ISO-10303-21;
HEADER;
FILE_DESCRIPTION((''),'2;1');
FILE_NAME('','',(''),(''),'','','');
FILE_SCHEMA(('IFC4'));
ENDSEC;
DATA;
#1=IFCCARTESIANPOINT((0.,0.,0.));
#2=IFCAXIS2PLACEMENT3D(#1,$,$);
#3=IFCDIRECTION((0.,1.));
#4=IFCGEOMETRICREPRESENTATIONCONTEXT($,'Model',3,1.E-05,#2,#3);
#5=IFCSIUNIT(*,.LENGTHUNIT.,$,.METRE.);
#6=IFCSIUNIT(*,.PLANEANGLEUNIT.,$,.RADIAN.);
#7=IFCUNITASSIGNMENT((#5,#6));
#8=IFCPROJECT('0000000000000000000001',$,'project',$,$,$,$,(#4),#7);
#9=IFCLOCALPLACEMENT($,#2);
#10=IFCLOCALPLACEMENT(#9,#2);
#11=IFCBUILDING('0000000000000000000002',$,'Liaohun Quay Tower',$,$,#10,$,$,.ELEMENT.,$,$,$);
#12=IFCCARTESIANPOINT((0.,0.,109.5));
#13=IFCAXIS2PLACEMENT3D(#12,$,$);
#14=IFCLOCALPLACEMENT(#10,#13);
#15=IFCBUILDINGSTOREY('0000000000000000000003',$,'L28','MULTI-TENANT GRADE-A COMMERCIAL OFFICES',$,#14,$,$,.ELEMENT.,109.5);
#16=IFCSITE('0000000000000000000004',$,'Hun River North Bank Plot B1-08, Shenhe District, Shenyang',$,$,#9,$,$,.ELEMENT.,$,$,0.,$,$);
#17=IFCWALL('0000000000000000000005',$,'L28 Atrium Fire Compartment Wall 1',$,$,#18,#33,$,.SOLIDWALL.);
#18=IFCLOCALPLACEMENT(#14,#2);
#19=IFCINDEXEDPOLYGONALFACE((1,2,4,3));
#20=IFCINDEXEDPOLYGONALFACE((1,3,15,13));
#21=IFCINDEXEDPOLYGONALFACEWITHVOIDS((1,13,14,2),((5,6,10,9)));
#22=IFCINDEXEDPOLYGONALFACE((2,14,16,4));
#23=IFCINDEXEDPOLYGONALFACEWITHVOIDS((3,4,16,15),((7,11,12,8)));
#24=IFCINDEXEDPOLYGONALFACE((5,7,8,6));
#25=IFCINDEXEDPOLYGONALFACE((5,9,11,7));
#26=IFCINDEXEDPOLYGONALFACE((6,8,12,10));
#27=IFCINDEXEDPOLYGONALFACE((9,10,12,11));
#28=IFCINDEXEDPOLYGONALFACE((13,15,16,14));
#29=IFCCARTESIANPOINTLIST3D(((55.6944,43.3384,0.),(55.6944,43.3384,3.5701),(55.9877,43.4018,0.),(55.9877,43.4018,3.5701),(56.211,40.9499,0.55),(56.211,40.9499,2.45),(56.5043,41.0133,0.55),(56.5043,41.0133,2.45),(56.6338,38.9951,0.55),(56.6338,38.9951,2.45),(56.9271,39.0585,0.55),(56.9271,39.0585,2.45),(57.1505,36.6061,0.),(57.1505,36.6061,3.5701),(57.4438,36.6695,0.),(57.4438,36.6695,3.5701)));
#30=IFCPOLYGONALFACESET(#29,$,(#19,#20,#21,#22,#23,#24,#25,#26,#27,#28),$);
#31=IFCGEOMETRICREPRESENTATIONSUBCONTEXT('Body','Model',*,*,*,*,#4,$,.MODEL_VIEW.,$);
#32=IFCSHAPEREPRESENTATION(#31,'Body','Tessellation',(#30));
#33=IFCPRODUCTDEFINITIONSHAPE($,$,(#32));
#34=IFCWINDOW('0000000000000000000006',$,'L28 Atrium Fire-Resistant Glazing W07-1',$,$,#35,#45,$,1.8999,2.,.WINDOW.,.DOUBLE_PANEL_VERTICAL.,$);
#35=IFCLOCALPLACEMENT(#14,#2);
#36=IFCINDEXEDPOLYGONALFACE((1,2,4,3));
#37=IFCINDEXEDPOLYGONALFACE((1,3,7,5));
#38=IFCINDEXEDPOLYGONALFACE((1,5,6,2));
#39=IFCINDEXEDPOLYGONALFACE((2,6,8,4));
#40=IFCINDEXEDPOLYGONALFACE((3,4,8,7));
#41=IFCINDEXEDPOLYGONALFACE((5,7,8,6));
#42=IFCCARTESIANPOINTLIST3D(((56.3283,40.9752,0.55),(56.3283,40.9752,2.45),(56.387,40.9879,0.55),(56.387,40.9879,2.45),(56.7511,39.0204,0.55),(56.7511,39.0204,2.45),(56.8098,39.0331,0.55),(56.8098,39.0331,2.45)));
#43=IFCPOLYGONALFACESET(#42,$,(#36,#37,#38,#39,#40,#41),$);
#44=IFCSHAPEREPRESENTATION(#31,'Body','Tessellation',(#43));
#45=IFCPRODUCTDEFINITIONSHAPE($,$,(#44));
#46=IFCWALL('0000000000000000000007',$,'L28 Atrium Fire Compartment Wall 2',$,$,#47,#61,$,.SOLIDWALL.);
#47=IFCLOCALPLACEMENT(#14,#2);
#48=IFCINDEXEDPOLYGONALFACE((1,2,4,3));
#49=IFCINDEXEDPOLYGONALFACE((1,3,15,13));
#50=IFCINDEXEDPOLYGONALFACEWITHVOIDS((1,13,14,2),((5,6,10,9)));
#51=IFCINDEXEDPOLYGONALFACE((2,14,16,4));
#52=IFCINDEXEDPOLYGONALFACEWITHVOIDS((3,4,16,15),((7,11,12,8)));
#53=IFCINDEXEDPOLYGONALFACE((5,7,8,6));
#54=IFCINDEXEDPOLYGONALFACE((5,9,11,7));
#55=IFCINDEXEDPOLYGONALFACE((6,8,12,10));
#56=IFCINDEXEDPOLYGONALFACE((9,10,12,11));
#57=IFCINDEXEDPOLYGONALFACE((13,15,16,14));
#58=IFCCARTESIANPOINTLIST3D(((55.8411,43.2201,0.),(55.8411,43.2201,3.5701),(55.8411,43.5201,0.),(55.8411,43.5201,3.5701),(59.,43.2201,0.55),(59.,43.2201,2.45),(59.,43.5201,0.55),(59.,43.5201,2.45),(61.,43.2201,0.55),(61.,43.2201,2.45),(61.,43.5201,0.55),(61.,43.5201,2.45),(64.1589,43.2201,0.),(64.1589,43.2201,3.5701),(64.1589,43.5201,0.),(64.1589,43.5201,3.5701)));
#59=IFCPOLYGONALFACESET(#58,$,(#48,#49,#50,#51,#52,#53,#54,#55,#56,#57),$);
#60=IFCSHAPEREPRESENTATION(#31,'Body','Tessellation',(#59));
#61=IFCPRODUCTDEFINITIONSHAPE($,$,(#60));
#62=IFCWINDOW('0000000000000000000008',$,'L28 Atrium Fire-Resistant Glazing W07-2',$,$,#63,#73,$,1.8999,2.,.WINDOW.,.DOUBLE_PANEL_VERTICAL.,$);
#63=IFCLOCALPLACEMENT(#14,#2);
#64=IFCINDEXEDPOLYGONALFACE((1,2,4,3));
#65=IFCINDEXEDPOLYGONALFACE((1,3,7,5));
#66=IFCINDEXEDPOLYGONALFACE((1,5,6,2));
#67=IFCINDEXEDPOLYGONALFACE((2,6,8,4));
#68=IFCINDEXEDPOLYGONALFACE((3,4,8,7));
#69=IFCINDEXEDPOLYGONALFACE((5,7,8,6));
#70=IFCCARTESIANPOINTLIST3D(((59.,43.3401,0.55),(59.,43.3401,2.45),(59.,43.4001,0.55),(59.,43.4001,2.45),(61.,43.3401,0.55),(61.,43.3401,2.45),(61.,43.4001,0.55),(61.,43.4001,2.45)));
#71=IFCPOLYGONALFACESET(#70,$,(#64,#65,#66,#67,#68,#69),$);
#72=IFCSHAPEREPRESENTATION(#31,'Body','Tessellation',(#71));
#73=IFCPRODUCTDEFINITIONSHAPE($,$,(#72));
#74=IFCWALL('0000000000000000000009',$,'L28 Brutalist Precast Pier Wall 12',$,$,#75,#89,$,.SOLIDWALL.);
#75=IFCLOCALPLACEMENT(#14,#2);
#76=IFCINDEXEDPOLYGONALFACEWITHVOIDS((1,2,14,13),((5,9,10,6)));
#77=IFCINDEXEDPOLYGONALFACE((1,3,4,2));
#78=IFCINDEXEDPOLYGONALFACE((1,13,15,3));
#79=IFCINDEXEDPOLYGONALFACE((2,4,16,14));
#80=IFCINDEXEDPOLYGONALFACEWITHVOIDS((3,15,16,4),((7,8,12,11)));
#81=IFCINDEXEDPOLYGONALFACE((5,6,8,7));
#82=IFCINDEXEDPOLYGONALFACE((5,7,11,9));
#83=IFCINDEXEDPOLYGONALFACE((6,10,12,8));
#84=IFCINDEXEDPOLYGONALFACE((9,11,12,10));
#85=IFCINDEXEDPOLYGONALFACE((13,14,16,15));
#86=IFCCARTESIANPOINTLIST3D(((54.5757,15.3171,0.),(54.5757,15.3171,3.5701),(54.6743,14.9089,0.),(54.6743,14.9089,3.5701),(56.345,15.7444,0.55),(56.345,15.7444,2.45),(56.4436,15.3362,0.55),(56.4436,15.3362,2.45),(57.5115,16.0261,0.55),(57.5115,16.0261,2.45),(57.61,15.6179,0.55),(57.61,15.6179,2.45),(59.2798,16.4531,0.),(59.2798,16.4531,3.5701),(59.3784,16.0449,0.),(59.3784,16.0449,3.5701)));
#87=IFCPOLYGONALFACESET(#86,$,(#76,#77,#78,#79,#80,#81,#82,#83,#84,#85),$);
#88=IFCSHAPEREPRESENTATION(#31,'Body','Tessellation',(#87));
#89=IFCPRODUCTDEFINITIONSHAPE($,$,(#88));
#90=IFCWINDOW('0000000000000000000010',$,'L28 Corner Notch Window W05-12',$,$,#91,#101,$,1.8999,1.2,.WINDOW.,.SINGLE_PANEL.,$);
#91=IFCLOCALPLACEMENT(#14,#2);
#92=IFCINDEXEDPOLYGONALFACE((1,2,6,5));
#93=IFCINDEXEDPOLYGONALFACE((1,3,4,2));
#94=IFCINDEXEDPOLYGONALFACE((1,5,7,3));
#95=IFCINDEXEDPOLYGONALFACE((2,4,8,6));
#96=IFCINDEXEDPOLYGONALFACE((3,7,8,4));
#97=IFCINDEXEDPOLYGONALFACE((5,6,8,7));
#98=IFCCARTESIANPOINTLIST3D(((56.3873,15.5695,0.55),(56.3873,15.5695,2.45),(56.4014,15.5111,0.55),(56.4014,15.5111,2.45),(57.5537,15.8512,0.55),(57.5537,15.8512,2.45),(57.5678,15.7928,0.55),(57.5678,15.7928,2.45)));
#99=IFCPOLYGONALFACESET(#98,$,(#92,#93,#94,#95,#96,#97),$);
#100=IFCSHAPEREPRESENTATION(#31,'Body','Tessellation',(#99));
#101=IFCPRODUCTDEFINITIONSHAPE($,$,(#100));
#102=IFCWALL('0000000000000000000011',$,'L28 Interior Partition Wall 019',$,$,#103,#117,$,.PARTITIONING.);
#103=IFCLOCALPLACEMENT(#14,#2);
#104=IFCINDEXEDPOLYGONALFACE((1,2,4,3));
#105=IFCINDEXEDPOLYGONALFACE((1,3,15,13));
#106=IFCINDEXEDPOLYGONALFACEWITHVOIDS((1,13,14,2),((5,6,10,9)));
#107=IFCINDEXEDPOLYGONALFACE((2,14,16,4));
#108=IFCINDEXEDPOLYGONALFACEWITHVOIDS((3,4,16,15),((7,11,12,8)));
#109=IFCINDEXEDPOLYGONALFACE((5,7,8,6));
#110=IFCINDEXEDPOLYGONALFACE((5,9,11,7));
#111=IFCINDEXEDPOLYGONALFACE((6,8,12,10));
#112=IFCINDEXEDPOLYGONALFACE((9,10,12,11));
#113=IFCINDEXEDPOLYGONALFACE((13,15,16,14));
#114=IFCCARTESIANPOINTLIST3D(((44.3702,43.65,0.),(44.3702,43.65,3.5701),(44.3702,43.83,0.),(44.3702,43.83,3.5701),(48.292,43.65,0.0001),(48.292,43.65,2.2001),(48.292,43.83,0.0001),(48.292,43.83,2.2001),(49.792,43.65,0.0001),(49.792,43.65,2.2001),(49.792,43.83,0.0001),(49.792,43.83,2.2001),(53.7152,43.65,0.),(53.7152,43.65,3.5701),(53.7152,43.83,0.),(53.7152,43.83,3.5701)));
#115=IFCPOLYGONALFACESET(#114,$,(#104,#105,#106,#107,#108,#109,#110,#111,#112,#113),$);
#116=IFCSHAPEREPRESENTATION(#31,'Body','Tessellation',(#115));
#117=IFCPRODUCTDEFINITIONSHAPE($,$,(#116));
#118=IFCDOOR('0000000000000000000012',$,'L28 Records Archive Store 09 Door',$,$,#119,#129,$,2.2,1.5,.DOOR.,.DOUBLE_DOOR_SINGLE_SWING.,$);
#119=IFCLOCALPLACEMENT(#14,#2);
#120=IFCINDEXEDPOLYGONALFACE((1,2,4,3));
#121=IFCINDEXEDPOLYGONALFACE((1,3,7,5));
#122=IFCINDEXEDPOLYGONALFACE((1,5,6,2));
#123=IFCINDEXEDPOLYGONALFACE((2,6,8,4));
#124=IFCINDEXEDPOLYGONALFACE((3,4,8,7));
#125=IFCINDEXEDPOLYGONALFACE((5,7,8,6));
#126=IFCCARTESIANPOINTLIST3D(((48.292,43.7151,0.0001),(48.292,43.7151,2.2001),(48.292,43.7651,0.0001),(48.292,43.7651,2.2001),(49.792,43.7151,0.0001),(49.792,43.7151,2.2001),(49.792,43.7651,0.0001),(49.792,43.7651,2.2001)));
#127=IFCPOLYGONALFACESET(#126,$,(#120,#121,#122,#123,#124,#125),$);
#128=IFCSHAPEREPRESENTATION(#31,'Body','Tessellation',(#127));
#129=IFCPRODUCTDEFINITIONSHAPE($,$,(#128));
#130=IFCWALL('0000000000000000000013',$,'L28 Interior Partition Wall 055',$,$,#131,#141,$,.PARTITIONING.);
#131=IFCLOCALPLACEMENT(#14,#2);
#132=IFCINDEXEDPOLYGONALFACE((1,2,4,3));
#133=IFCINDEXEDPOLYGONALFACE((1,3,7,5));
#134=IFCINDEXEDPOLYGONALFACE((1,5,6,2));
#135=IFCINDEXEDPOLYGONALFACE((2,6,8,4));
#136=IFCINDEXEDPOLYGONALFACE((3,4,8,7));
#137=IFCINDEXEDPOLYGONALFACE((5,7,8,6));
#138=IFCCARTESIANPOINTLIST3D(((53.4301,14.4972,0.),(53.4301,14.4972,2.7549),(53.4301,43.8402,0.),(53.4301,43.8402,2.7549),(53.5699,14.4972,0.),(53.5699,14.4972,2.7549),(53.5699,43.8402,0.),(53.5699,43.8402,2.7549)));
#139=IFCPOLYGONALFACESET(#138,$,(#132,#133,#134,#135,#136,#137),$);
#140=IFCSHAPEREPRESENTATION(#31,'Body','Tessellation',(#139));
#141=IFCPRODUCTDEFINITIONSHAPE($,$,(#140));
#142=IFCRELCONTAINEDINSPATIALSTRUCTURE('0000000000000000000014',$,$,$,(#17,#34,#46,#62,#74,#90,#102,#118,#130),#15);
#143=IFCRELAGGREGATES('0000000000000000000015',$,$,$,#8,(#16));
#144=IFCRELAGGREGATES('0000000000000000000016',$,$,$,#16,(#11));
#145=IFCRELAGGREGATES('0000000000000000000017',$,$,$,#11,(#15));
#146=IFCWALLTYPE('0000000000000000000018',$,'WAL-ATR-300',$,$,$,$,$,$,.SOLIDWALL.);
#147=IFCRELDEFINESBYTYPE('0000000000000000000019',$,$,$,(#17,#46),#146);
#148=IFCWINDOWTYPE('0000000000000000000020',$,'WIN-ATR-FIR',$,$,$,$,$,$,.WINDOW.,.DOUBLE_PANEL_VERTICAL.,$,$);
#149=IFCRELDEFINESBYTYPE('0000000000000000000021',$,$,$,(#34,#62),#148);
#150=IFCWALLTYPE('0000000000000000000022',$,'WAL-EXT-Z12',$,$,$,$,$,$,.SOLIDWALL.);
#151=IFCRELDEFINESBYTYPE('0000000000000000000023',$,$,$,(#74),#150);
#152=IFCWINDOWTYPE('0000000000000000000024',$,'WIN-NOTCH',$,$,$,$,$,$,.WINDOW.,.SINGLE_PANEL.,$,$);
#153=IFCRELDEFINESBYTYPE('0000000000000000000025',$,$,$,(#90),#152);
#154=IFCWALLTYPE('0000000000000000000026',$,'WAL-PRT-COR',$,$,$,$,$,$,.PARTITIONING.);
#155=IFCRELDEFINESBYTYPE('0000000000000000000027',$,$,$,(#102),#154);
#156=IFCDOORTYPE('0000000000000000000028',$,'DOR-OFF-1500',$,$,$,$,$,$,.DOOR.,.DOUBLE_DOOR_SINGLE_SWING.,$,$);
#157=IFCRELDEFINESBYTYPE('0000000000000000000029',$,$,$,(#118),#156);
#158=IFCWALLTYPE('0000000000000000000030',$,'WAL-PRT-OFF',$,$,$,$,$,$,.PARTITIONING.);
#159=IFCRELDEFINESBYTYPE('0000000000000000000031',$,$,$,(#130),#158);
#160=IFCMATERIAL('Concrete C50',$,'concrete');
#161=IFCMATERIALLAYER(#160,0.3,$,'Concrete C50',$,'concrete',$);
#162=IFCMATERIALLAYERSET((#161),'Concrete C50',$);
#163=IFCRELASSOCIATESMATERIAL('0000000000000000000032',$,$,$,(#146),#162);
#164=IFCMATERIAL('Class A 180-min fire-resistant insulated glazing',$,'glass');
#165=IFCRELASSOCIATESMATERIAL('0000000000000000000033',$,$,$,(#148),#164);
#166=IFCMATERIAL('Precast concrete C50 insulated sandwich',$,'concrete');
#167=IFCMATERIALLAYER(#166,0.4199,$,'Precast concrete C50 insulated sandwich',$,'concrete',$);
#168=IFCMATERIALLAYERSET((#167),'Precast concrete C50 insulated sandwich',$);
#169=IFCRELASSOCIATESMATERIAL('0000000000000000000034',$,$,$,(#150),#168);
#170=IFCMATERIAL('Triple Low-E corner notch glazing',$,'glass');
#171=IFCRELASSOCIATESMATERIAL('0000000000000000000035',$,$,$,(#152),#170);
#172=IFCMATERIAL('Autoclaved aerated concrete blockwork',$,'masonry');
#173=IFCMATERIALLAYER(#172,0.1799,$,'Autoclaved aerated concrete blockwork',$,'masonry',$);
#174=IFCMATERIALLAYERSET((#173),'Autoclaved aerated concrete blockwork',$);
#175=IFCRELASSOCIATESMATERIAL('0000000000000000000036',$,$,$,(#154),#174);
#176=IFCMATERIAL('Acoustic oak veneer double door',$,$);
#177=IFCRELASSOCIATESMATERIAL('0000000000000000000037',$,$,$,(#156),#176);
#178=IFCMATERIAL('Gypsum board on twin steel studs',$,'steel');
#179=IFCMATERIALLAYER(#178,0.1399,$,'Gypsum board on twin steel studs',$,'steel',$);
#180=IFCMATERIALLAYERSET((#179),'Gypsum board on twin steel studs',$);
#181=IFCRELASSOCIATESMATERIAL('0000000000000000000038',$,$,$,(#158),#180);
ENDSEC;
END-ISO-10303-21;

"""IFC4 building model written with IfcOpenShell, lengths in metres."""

from ifc_helpers import new_model, si_unit, direction, frame, frame_2d, origin, place, context, subcontext, project, spatial, rectangle, extrude, source, transform, mapped, material, layer, layer_set, type_object, element, fill, save


model = new_model("IFC4")

# Units and contexts
model_context = context("Model", 3, precision=1e-05, world=origin(), true_north=direction((0.0, 1.0)))
body_context = subcontext(model_context, "Body", "Model", "MODEL_VIEW")
ifc_project = project(units=[si_unit("LENGTHUNIT", "METRE"), si_unit("PLANEANGLEUNIT", "RADIAN")], contexts=[model_context])

# Site, building, storey
site_placement = place(None, origin())
site = spatial("IfcSite", under=ifc_project, at=site_placement, Name="Hun River North Bank Plot B1-08, Shenhe District, Shenyang", CompositionType="ELEMENT", RefElevation=0.0)
building_placement = place(site_placement, origin())
building = spatial("IfcBuilding", under=site, at=building_placement, Name="Liaohun Quay Tower", CompositionType="ELEMENT")
storey_placement = place(building_placement, frame((0.0, 0.0, 109.5)))
storey = spatial("IfcBuildingStorey", under=building, at=storey_placement, Name="L28", Description="MULTI-TENANT GRADE-A COMMERCIAL OFFICES", CompositionType="ELEMENT", Elevation=109.5)

# Walls, openings, windows
ifc_material_1 = material(Name="Concrete C50", Category="concrete")
ifc_layer_1 = layer(ifc_material_1, 0.3, Name="Concrete C50", Category="concrete")
ifc_layer_set_1 = layer_set([ifc_layer_1], Name="Concrete C50")
wall_type_1 = type_object("IfcWallType", Name="WAL-ATR-300", PredefinedType="SOLIDWALL", material=ifc_layer_set_1)
wall_1_placement = place(storey_placement, frame((57.2971, 36.6379, 0.0), z_axis=(0.0, 0.0, 1.0), x_axis=(-0.211395, 0.977401, 0.0)))
wall_1 = element("IfcWall", 1, at=wall_1_placement, inside=storey, type_object=wall_type_1, Name="L28 Atrium Fire Compartment Wall 1", PredefinedType="SOLIDWALL", context=body_context, shape_type="SweptSolid", body=[
    extrude(rectangle(XDim=6.8879, YDim=0.3, at=frame_2d((3.4438, 0.0))), origin(), (0.0, 0.0, 1.0), 3.5701),
])
shared_shape_1 = source(origin(), body_context, "Body", "SweptSolid", [
    extrude(rectangle(XDim=2.0, YDim=1.8999, at=frame_2d((1.0, 0.95))), frame((0.0, 0.1599, 0.0), z_axis=(0.0, -1.0, 0.0), x_axis=(1.0, 0.0, 0.0)), (0.0, 0.0, 1.0), 0.3201),
])
opening_1_placement = place(wall_1_placement, frame((2.4441, 0.0, 0.55)))
opening_1 = element("IfcOpeningElement", 2, at=opening_1_placement, cuts=wall_1, PredefinedType="OPENING", context=body_context, shape_type="MappedRepresentation", body=[
    mapped(shared_shape_1, transform((0.0, 0.0, 0.0), x_axis=(1.0, 0.0, 0.0), y_axis=(0.0, 1.0, 0.0), z_axis=(0.0, 0.0, 1.0), scale=1.0)),
])
ifc_material_2 = material(Name="Class A 180-min fire-resistant insulated glazing", Category="glass")
window_type_1 = type_object("IfcWindowType", Name="WIN-ATR-FIR", PartitioningType="DOUBLE_PANEL_VERTICAL", PredefinedType="WINDOW", material=ifc_material_2)
shared_shape_2 = source(origin(), body_context, "Body", "SweptSolid", [
    extrude(rectangle(XDim=2.0, YDim=1.8999, at=frame_2d((1.0, 0.95))), frame((0.0, 0.03, 0.0), z_axis=(0.0, -1.0, 0.0), x_axis=(1.0, 0.0, 0.0)), (0.0, 0.0, 1.0), 0.0601),
])
window_1_placement = place(opening_1_placement, origin())
window_1 = element("IfcWindow", 3, at=window_1_placement, inside=storey, type_object=window_type_1, Name="L28 Atrium Fire-Resistant Glazing W07-1", OverallHeight=1.8999, OverallWidth=2.0, PartitioningType="DOUBLE_PANEL_VERTICAL", PredefinedType="WINDOW", context=body_context, shape_type="MappedRepresentation", body=[
    mapped(shared_shape_2, transform((0.0, 0.0, 0.0), x_axis=(1.0, 0.0, 0.0), y_axis=(0.0, 1.0, 0.0), z_axis=(0.0, 0.0, 1.0), scale=1.0)),
])
fill(opening_1, window_1)
wall_2_placement = place(storey_placement, frame((55.8411, 43.3701, 0.0), z_axis=(0.0, 0.0, 1.0), x_axis=(1.0, 0.0, 0.0)))
wall_2 = element("IfcWall", 4, at=wall_2_placement, inside=storey, type_object=wall_type_1, Name="L28 Atrium Fire Compartment Wall 2", PredefinedType="SOLIDWALL", context=body_context, shape_type="SweptSolid", body=[
    extrude(rectangle(XDim=8.3179, YDim=0.3, at=frame_2d((4.1589, 0.0))), origin(), (0.0, 0.0, 1.0), 3.5701),
])
opening_2_placement = place(wall_2_placement, frame((3.1589, 0.0, 0.55)))
opening_2 = element("IfcOpeningElement", 5, at=opening_2_placement, cuts=wall_2, PredefinedType="OPENING", context=body_context, shape_type="MappedRepresentation", body=[
    mapped(shared_shape_1, transform((0.0, 0.0, 0.0), x_axis=(1.0, 0.0, 0.0), y_axis=(0.0, 1.0, 0.0), z_axis=(0.0, 0.0, 1.0), scale=1.0)),
])
window_2_placement = place(opening_2_placement, origin())
window_2 = element("IfcWindow", 6, at=window_2_placement, inside=storey, type_object=window_type_1, Name="L28 Atrium Fire-Resistant Glazing W07-2", OverallHeight=1.8999, OverallWidth=2.0, PartitioningType="DOUBLE_PANEL_VERTICAL", PredefinedType="WINDOW", context=body_context, shape_type="MappedRepresentation", body=[
    mapped(shared_shape_2, transform((0.0, 0.0, 0.0), x_axis=(1.0, 0.0, 0.0), y_axis=(0.0, 1.0, 0.0), z_axis=(0.0, 0.0, 1.0), scale=1.0)),
])
fill(opening_2, window_2)
ifc_material_3 = material(Name="Precast concrete C50 insulated sandwich", Category="concrete")
ifc_layer_2 = layer(ifc_material_3, 0.4199, Name="Precast concrete C50 insulated sandwich", Category="concrete")
ifc_layer_set_2 = layer_set([ifc_layer_2], Name="Precast concrete C50 insulated sandwich")
wall_type_2 = type_object("IfcWallType", Name="WAL-EXT-Z12", PredefinedType="SOLIDWALL", material=ifc_layer_set_2)
wall_3_placement = place(storey_placement, frame((54.625, 15.113, 0.0), z_axis=(0.0, 0.0, 1.0), x_axis=(0.972058, 0.234741, 0.0)))
wall_3 = element("IfcWall", 7, at=wall_3_placement, inside=storey, type_object=wall_type_2, Name="L28 Brutalist Precast Pier Wall 12", PredefinedType="SOLIDWALL", context=body_context, shape_type="SweptSolid", body=[
    extrude(rectangle(XDim=4.8394, YDim=0.4199, at=frame_2d((2.4197, 0.0))), origin(), (0.0, 0.0, 1.0), 3.5701),
])
shared_shape_3 = source(origin(), body_context, "Body", "SweptSolid", [
    extrude(rectangle(XDim=1.2, YDim=1.8999, at=frame_2d((0.6001, 0.95))), frame((0.0, 0.22, 0.0), z_axis=(0.0, -1.0, 0.0), x_axis=(1.0, 0.0, 0.0)), (0.0, 0.0, 1.0), 0.4399),
])
opening_3_placement = place(wall_3_placement, frame((1.8201, 0.0, 0.55)))
opening_3 = element("IfcOpeningElement", 8, at=opening_3_placement, cuts=wall_3, PredefinedType="OPENING", context=body_context, shape_type="MappedRepresentation", body=[
    mapped(shared_shape_3, transform((0.0, 0.0, 0.0), x_axis=(1.0, 0.0, 0.0), y_axis=(0.0, 1.0, 0.0), z_axis=(0.0, 0.0, 1.0), scale=1.0)),
])
ifc_material_4 = material(Name="Triple Low-E corner notch glazing", Category="glass")
window_type_2 = type_object("IfcWindowType", Name="WIN-NOTCH", PartitioningType="SINGLE_PANEL", PredefinedType="WINDOW", material=ifc_material_4)
shared_shape_4 = source(origin(), body_context, "Body", "SweptSolid", [
    extrude(rectangle(XDim=1.2, YDim=1.8999, at=frame_2d((0.6001, 0.95))), frame((0.0, 0.03, 0.0), z_axis=(0.0, -1.0, 0.0), x_axis=(1.0, 0.0, 0.0)), (0.0, 0.0, 1.0), 0.0601),
])
window_3_placement = place(opening_3_placement, origin())
window_3 = element("IfcWindow", 9, at=window_3_placement, inside=storey, type_object=window_type_2, Name="L28 Corner Notch Window W05-12", OverallHeight=1.8999, OverallWidth=1.2, PartitioningType="SINGLE_PANEL", PredefinedType="WINDOW", context=body_context, shape_type="MappedRepresentation", body=[
    mapped(shared_shape_4, transform((0.0, 0.0, 0.0), x_axis=(1.0, 0.0, 0.0), y_axis=(0.0, 1.0, 0.0), z_axis=(0.0, 0.0, 1.0), scale=1.0)),
])
fill(opening_3, window_3)

# Wall, opening, door
ifc_material_5 = material(Name="Autoclaved aerated concrete blockwork", Category="masonry")
ifc_layer_3 = layer(ifc_material_5, 0.1799, Name="Autoclaved aerated concrete blockwork", Category="masonry")
ifc_layer_set_3 = layer_set([ifc_layer_3], Name="Autoclaved aerated concrete blockwork")
wall_type_3 = type_object("IfcWallType", Name="WAL-PRT-COR", PredefinedType="PARTITIONING", material=ifc_layer_set_3)
wall_4_placement = place(storey_placement, frame((53.7151, 43.74, 0.0), z_axis=(0.0, 0.0, 1.0), x_axis=(-1.0, 0.0, 0.0)))
wall_4 = element("IfcWall", 10, at=wall_4_placement, inside=storey, type_object=wall_type_3, Name="L28 Interior Partition Wall 019", PredefinedType="PARTITIONING", context=body_context, shape_type="SweptSolid", body=[
    extrude(rectangle(XDim=9.345, YDim=0.1799, at=frame_2d((4.6724, 0.0))), origin(), (0.0, 0.0, 1.0), 3.5701),
])
shared_shape_5 = source(origin(), body_context, "Body", "SweptSolid", [
    extrude(rectangle(XDim=1.5, YDim=2.2, at=frame_2d((0.75, 1.1001))), frame((0.0, 0.0999, 0.0), z_axis=(0.0, -1.0, 0.0), x_axis=(1.0, 0.0, 0.0)), (0.0, 0.0, 1.0), 0.2),
])
opening_4_placement = place(wall_4_placement, frame((3.9231, 0.0, 0.0)))
opening_4 = element("IfcOpeningElement", 11, at=opening_4_placement, cuts=wall_4, PredefinedType="OPENING", context=body_context, shape_type="MappedRepresentation", body=[
    mapped(shared_shape_5, transform((0.0, 0.0, 0.0), x_axis=(1.0, 0.0, 0.0), y_axis=(0.0, 1.0, 0.0), z_axis=(0.0, 0.0, 1.0), scale=1.0)),
])
ifc_material_6 = material(Name="Acoustic oak veneer double door")
door_type = type_object("IfcDoorType", Name="DOR-OFF-1500", OperationType="DOUBLE_DOOR_SINGLE_SWING", PredefinedType="DOOR", material=ifc_material_6)
shared_shape_6 = source(origin(), body_context, "Body", "SweptSolid", [
    extrude(rectangle(XDim=1.5, YDim=2.2, at=frame_2d((0.75, 1.1001))), frame((0.0, 0.0249, 0.0), z_axis=(0.0, -1.0, 0.0), x_axis=(1.0, 0.0, 0.0)), (0.0, 0.0, 1.0), 0.05),
])
door_placement = place(opening_4_placement, origin())
door = element("IfcDoor", 12, at=door_placement, inside=storey, type_object=door_type, Name="L28 Records Archive Store 09 Door", OperationType="DOUBLE_DOOR_SINGLE_SWING", OverallHeight=2.2, OverallWidth=1.5, PredefinedType="DOOR", context=body_context, shape_type="MappedRepresentation", body=[
    mapped(shared_shape_6, transform((0.0, 0.0, 0.0), x_axis=(1.0, 0.0, 0.0), y_axis=(0.0, 1.0, 0.0), z_axis=(0.0, 0.0, 1.0), scale=1.0)),
])
fill(opening_4, door)

# Wall
ifc_material_7 = material(Name="Gypsum board on twin steel studs", Category="steel")
ifc_layer_4 = layer(ifc_material_7, 0.1399, Name="Gypsum board on twin steel studs", Category="steel")
ifc_layer_set_4 = layer_set([ifc_layer_4], Name="Gypsum board on twin steel studs")
wall_type_4 = type_object("IfcWallType", Name="WAL-PRT-OFF", PredefinedType="PARTITIONING", material=ifc_layer_set_4)
wall_5_placement = place(storey_placement, frame((53.5, 43.8401, 0.0), z_axis=(0.0, 0.0, 1.0), x_axis=(0.0, -1.0, 0.0)))
element("IfcWall", 13, at=wall_5_placement, inside=storey, type_object=wall_type_4, Name="L28 Interior Partition Wall 055", PredefinedType="PARTITIONING", context=body_context, shape_type="SweptSolid", body=[
    extrude(rectangle(XDim=29.343, YDim=0.1399, at=frame_2d((14.6714, 0.0))), origin(), (0.0, 0.0, 1.0), 2.7549),
])

save(model, "model.ifc")
